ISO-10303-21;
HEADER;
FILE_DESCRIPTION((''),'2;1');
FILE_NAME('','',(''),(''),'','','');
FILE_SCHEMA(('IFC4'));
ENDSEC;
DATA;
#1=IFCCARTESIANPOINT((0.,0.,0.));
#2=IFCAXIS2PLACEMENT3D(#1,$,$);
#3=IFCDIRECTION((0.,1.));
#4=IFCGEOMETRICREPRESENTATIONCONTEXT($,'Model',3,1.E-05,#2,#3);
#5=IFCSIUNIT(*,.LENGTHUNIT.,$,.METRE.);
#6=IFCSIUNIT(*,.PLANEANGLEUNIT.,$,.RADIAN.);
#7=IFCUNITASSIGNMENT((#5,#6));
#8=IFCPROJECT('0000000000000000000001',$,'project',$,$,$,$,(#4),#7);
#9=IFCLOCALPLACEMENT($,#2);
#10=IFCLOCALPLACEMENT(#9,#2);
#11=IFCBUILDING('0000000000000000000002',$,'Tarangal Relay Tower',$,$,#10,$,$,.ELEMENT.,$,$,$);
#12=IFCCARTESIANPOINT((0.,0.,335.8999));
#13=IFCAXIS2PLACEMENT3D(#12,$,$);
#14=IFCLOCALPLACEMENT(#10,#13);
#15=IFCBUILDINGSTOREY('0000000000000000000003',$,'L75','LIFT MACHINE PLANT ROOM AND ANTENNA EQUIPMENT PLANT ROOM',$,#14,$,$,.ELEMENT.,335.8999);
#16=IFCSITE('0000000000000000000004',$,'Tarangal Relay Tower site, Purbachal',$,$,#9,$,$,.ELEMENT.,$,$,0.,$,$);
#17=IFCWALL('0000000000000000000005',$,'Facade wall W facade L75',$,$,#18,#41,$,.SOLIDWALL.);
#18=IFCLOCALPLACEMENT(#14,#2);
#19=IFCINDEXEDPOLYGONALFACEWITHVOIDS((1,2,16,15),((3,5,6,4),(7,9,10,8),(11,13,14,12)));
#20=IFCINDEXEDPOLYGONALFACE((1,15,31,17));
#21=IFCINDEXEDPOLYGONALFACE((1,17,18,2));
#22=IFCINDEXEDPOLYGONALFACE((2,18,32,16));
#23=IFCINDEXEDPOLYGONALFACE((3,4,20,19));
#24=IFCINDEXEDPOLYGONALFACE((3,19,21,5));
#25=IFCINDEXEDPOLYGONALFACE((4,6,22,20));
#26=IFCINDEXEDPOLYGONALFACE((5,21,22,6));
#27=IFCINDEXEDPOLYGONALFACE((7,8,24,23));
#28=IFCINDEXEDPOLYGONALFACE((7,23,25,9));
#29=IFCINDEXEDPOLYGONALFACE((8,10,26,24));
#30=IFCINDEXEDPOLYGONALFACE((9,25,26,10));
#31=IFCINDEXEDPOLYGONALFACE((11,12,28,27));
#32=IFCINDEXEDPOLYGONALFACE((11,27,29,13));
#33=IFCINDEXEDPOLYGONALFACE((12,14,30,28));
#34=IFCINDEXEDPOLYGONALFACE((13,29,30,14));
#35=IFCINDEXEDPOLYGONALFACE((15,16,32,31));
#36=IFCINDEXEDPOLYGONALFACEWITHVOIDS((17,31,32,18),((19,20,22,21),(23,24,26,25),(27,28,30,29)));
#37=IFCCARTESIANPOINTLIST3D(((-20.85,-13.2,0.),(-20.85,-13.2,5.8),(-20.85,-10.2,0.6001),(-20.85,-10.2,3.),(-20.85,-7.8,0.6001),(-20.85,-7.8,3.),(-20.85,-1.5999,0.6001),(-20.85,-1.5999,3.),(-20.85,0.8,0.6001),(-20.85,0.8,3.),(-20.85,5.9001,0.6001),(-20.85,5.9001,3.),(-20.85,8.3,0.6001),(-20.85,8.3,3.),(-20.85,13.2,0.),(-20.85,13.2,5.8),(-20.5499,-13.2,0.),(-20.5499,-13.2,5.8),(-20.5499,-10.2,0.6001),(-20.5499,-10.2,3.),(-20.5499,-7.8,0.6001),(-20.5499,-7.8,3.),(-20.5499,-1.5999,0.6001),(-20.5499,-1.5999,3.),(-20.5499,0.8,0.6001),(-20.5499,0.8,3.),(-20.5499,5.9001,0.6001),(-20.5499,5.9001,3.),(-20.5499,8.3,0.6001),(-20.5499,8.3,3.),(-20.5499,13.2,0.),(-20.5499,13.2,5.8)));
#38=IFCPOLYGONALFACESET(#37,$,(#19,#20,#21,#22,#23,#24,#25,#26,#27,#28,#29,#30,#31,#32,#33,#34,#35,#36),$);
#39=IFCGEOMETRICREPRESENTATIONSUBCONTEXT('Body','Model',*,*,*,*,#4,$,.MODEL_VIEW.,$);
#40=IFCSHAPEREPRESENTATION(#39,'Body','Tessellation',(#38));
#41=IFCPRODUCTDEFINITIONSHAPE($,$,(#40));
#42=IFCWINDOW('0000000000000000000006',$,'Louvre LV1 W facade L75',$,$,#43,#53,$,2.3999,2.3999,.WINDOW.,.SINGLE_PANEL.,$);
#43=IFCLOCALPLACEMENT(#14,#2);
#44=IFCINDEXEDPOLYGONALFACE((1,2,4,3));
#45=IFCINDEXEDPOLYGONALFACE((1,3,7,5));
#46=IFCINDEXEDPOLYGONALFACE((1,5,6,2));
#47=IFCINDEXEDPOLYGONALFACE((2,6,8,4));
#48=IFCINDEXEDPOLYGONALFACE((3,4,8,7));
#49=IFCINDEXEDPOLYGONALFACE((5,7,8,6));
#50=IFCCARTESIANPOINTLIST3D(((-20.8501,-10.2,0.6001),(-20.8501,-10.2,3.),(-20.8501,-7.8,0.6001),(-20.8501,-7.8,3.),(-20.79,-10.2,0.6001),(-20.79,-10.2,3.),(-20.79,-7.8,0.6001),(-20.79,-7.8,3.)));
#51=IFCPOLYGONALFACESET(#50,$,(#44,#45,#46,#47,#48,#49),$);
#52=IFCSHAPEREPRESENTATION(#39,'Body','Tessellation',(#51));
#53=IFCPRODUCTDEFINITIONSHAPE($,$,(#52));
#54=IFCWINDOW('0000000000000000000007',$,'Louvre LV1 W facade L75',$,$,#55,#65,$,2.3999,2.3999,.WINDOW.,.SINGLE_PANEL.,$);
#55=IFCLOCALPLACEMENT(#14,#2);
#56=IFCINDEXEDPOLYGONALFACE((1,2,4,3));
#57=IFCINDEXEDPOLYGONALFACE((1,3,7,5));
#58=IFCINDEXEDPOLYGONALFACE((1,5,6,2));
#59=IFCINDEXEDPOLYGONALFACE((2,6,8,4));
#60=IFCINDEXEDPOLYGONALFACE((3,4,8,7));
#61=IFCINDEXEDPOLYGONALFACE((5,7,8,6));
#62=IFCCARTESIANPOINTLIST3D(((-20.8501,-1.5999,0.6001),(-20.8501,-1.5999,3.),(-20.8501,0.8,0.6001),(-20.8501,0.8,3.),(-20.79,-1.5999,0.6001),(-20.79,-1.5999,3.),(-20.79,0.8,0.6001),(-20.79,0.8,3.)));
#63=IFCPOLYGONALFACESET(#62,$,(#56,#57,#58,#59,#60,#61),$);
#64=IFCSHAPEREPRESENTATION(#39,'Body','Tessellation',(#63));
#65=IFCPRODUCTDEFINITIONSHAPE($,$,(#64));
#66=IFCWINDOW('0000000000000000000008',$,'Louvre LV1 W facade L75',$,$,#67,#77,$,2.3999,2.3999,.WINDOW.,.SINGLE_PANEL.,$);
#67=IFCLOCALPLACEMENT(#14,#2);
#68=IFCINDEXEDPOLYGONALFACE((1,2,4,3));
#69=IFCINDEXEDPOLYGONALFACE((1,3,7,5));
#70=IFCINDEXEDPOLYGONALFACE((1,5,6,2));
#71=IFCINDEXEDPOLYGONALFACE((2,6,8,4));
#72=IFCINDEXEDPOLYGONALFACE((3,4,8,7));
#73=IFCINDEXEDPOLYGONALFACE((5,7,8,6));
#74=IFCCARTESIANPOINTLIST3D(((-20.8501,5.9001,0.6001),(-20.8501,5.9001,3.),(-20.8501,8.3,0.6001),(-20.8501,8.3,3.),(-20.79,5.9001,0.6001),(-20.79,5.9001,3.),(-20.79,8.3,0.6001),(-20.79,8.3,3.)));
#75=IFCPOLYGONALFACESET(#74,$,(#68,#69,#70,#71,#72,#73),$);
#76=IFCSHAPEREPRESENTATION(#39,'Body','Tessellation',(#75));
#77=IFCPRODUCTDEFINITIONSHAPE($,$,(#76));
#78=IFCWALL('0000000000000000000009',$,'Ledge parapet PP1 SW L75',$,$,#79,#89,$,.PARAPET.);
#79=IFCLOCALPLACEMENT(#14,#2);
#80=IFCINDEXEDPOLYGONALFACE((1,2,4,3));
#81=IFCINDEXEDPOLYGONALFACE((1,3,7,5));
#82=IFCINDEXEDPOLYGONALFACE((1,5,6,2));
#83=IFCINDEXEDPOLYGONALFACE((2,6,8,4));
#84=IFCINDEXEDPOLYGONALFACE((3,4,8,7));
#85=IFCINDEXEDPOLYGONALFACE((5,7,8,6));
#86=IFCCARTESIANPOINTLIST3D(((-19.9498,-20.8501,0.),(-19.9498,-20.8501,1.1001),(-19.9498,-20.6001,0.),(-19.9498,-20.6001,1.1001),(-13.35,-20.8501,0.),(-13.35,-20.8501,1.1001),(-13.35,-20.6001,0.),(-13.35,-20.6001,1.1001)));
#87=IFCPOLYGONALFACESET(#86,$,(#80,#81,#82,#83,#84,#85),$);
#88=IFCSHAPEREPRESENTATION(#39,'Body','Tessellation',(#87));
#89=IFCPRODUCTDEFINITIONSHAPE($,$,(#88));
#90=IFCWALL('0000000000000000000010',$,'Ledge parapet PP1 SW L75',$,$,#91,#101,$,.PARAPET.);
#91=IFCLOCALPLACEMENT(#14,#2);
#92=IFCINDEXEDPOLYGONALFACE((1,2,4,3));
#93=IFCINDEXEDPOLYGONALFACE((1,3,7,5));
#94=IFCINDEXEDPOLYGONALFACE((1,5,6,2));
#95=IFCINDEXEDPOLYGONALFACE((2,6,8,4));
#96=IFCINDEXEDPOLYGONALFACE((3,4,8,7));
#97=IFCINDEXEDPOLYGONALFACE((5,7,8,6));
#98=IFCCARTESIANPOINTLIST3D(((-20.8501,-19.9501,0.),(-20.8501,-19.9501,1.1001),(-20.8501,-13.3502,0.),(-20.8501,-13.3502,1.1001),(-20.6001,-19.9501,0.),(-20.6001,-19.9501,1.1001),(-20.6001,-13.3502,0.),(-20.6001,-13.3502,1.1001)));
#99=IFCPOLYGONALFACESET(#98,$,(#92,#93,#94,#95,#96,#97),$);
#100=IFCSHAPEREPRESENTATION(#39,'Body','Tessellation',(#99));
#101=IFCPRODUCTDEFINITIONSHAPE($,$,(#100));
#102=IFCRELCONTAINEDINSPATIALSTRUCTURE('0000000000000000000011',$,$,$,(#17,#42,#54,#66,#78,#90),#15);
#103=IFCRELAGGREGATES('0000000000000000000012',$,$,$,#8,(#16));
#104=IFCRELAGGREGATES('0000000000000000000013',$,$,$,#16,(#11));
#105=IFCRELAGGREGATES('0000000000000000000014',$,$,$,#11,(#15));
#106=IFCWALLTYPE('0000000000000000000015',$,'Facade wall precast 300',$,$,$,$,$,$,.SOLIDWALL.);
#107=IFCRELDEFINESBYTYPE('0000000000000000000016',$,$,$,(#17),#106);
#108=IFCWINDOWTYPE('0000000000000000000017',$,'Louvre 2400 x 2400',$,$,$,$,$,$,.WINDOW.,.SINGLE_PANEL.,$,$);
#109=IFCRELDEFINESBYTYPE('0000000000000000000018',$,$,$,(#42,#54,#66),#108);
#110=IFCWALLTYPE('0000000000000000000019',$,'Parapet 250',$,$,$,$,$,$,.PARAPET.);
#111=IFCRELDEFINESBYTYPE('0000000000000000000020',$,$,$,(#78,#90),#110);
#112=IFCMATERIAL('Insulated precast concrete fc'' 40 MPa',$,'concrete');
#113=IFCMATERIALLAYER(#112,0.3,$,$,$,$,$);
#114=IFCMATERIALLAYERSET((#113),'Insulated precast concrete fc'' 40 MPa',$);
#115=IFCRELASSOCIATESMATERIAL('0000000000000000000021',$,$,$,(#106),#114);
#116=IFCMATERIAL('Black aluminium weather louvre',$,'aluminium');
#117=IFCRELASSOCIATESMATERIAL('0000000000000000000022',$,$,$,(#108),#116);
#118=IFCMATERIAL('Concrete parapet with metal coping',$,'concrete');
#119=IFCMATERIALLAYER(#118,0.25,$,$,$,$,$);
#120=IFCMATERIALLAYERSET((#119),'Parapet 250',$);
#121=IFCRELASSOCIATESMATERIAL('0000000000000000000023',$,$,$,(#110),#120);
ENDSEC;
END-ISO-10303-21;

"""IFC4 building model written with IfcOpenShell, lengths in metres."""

from ifc_helpers import new_model, si_unit, direction, frame, frame_2d, origin, place, context, subcontext, project, spatial, rectangle, extrude, material, layer, layer_set, type_object, element, fill, save


model = new_model("IFC4")

# Units and contexts
model_context = context("Model", 3, precision=1e-05, world=origin(), true_north=direction((0.0, 1.0)))
body_context = subcontext(model_context, "Body", "Model", "MODEL_VIEW")
ifc_project = project(units=[si_unit("LENGTHUNIT", "METRE"), si_unit("PLANEANGLEUNIT", "RADIAN")], contexts=[model_context])

# Site, building, storey
site_placement = place(None, origin())
site = spatial("IfcSite", under=ifc_project, at=site_placement, Name="Tarangal Relay Tower site, Purbachal", CompositionType="ELEMENT", RefElevation=0.0)
building_placement = place(site_placement, origin())
building = spatial("IfcBuilding", under=site, at=building_placement, Name="Tarangal Relay Tower", CompositionType="ELEMENT")
storey_placement = place(building_placement, frame((0.0, 0.0, 335.8999)))
storey = spatial("IfcBuildingStorey", under=building, at=storey_placement, Name="L75", Description="LIFT MACHINE PLANT ROOM AND ANTENNA EQUIPMENT PLANT ROOM", CompositionType="ELEMENT", Elevation=335.8999)

# Shared definitions
ifc_material_1 = material(Name="Insulated precast concrete fc' 40 MPa", Category="concrete")
ifc_layer_1 = layer(ifc_material_1, 0.3)
ifc_layer_set_1 = layer_set([ifc_layer_1], Name="Insulated precast concrete fc' 40 MPa")
wall_type_1 = type_object("IfcWallType", Name="Facade wall precast 300", PredefinedType="SOLIDWALL", material=ifc_layer_set_1)

# Wall, openings, windows
wall_1_placement = place(storey_placement, frame((-20.7, -13.2, 0.0), z_axis=(0.0, 0.0, 1.0), x_axis=(0.0, 1.0, 0.0)))
wall_1 = element("IfcWall", 1, at=wall_1_placement, inside=storey, type_object=wall_type_1, Name="Facade wall W facade L75", PredefinedType="SOLIDWALL", context=body_context, shape_type="SweptSolid", body=[
    extrude(rectangle(XDim=26.3999, YDim=0.3, at=frame_2d((13.2, 0.0))), origin(), (0.0, 0.0, 1.0), 5.8),
])
opening_1_placement = place(wall_1_placement, frame((3.0, 0.0, 0.6001)))
opening_1 = element("IfcOpeningElement", 2, at=opening_1_placement, cuts=wall_1, PredefinedType="OPENING", context=body_context, shape_type="SweptSolid", body=[
    extrude(rectangle(XDim=2.3999, YDim=2.3999, at=frame_2d((1.2, 1.2))), frame((0.0, 0.1599, 0.0), z_axis=(0.0, -1.0, 0.0), x_axis=(1.0, 0.0, 0.0)), (0.0, 0.0, 1.0), 0.3201),
])
opening_2_placement = place(wall_1_placement, frame((11.6001, 0.0, 0.6001)))
opening_2 = element("IfcOpeningElement", 3, at=opening_2_placement, cuts=wall_1, PredefinedType="OPENING", context=body_context, shape_type="SweptSolid", body=[
    extrude(rectangle(XDim=2.3999, YDim=2.3999, at=frame_2d((1.2, 1.2))), frame((0.0, 0.1599, 0.0), z_axis=(0.0, -1.0, 0.0), x_axis=(1.0, 0.0, 0.0)), (0.0, 0.0, 1.0), 0.3201),
])
opening_3_placement = place(wall_1_placement, frame((19.1001, 0.0, 0.6001)))
opening_3 = element("IfcOpeningElement", 4, at=opening_3_placement, cuts=wall_1, PredefinedType="OPENING", context=body_context, shape_type="SweptSolid", body=[
    extrude(rectangle(XDim=2.3999, YDim=2.3999, at=frame_2d((1.2, 1.2))), frame((0.0, 0.1599, 0.0), z_axis=(0.0, -1.0, 0.0), x_axis=(1.0, 0.0, 0.0)), (0.0, 0.0, 1.0), 0.3201),
])
ifc_material_2 = material(Name="Black aluminium weather louvre", Category="aluminium")
window_type = type_object("IfcWindowType", Name="Louvre 2400 x 2400", PartitioningType="SINGLE_PANEL", PredefinedType="WINDOW", material=ifc_material_2)
window_1_placement = place(opening_1_placement, origin())
window_1 = element("IfcWindow", 5, at=window_1_placement, inside=storey, type_object=window_type, Name="Louvre LV1 W facade L75", OverallHeight=2.3999, OverallWidth=2.3999, PartitioningType="SINGLE_PANEL", PredefinedType="WINDOW", context=body_context, shape_type="SweptSolid", body=[
    extrude(rectangle(XDim=2.3999, YDim=2.3999, at=frame_2d((1.2, 1.2))), frame((0.0, 0.1501, 0.0), z_axis=(0.0, -1.0, 0.0), x_axis=(1.0, 0.0, 0.0)), (0.0, 0.0, 1.0), 0.0601),
])
fill(opening_1, window_1)
window_2_placement = place(opening_2_placement, origin())
window_2 = element("IfcWindow", 6, at=window_2_placement, inside=storey, type_object=window_type, Name="Louvre LV1 W facade L75", OverallHeight=2.3999, OverallWidth=2.3999, PartitioningType="SINGLE_PANEL", PredefinedType="WINDOW", context=body_context, shape_type="SweptSolid", body=[
    extrude(rectangle(XDim=2.3999, YDim=2.3999, at=frame_2d((1.2, 1.2))), frame((0.0, 0.1501, 0.0), z_axis=(0.0, -1.0, 0.0), x_axis=(1.0, 0.0, 0.0)), (0.0, 0.0, 1.0), 0.0601),
])
fill(opening_2, window_2)
window_3_placement = place(opening_3_placement, origin())
window_3 = element("IfcWindow", 7, at=window_3_placement, inside=storey, type_object=window_type, Name="Louvre LV1 W facade L75", OverallHeight=2.3999, OverallWidth=2.3999, PartitioningType="SINGLE_PANEL", PredefinedType="WINDOW", context=body_context, shape_type="SweptSolid", body=[
    extrude(rectangle(XDim=2.3999, YDim=2.3999, at=frame_2d((1.2, 1.2))), frame((0.0, 0.1501, 0.0), z_axis=(0.0, -1.0, 0.0), x_axis=(1.0, 0.0, 0.0)), (0.0, 0.0, 1.0), 0.0601),
])
fill(opening_3, window_3)

# Walls
ifc_material_3 = material(Name="Concrete parapet with metal coping", Category="concrete")
ifc_layer_2 = layer(ifc_material_3, 0.25)
ifc_layer_set_2 = layer_set([ifc_layer_2], Name="Parapet 250")
wall_type_2 = type_object("IfcWallType", Name="Parapet 250", PredefinedType="PARAPET", material=ifc_layer_set_2)
for number, where, z_axis, x_axis, name in (
    (8, (-13.3501, -20.7251, 0.0), (0.0, 0.0, 1.0), (-1.0, 0.0, 0.0), "Ledge parapet PP1 SW L75"),
    (9, (-20.7251, -19.95, 0.0), (0.0, 0.0, 1.0), (0.0, 1.0, 0.0), "Ledge parapet PP1 SW L75"),
):
    element("IfcWall", number, at=place(storey_placement, frame(where, z_axis=z_axis, x_axis=x_axis)), inside=storey, type_object=wall_type_2, Name=name, PredefinedType="PARAPET", context=body_context, shape_type="SweptSolid", body=[
        extrude(rectangle(XDim=6.5999, YDim=0.25, at=frame_2d((3.2998, 0.0))), origin(), (0.0, 0.0, 1.0), 1.1001),
    ])

save(model, "model.ifc")
